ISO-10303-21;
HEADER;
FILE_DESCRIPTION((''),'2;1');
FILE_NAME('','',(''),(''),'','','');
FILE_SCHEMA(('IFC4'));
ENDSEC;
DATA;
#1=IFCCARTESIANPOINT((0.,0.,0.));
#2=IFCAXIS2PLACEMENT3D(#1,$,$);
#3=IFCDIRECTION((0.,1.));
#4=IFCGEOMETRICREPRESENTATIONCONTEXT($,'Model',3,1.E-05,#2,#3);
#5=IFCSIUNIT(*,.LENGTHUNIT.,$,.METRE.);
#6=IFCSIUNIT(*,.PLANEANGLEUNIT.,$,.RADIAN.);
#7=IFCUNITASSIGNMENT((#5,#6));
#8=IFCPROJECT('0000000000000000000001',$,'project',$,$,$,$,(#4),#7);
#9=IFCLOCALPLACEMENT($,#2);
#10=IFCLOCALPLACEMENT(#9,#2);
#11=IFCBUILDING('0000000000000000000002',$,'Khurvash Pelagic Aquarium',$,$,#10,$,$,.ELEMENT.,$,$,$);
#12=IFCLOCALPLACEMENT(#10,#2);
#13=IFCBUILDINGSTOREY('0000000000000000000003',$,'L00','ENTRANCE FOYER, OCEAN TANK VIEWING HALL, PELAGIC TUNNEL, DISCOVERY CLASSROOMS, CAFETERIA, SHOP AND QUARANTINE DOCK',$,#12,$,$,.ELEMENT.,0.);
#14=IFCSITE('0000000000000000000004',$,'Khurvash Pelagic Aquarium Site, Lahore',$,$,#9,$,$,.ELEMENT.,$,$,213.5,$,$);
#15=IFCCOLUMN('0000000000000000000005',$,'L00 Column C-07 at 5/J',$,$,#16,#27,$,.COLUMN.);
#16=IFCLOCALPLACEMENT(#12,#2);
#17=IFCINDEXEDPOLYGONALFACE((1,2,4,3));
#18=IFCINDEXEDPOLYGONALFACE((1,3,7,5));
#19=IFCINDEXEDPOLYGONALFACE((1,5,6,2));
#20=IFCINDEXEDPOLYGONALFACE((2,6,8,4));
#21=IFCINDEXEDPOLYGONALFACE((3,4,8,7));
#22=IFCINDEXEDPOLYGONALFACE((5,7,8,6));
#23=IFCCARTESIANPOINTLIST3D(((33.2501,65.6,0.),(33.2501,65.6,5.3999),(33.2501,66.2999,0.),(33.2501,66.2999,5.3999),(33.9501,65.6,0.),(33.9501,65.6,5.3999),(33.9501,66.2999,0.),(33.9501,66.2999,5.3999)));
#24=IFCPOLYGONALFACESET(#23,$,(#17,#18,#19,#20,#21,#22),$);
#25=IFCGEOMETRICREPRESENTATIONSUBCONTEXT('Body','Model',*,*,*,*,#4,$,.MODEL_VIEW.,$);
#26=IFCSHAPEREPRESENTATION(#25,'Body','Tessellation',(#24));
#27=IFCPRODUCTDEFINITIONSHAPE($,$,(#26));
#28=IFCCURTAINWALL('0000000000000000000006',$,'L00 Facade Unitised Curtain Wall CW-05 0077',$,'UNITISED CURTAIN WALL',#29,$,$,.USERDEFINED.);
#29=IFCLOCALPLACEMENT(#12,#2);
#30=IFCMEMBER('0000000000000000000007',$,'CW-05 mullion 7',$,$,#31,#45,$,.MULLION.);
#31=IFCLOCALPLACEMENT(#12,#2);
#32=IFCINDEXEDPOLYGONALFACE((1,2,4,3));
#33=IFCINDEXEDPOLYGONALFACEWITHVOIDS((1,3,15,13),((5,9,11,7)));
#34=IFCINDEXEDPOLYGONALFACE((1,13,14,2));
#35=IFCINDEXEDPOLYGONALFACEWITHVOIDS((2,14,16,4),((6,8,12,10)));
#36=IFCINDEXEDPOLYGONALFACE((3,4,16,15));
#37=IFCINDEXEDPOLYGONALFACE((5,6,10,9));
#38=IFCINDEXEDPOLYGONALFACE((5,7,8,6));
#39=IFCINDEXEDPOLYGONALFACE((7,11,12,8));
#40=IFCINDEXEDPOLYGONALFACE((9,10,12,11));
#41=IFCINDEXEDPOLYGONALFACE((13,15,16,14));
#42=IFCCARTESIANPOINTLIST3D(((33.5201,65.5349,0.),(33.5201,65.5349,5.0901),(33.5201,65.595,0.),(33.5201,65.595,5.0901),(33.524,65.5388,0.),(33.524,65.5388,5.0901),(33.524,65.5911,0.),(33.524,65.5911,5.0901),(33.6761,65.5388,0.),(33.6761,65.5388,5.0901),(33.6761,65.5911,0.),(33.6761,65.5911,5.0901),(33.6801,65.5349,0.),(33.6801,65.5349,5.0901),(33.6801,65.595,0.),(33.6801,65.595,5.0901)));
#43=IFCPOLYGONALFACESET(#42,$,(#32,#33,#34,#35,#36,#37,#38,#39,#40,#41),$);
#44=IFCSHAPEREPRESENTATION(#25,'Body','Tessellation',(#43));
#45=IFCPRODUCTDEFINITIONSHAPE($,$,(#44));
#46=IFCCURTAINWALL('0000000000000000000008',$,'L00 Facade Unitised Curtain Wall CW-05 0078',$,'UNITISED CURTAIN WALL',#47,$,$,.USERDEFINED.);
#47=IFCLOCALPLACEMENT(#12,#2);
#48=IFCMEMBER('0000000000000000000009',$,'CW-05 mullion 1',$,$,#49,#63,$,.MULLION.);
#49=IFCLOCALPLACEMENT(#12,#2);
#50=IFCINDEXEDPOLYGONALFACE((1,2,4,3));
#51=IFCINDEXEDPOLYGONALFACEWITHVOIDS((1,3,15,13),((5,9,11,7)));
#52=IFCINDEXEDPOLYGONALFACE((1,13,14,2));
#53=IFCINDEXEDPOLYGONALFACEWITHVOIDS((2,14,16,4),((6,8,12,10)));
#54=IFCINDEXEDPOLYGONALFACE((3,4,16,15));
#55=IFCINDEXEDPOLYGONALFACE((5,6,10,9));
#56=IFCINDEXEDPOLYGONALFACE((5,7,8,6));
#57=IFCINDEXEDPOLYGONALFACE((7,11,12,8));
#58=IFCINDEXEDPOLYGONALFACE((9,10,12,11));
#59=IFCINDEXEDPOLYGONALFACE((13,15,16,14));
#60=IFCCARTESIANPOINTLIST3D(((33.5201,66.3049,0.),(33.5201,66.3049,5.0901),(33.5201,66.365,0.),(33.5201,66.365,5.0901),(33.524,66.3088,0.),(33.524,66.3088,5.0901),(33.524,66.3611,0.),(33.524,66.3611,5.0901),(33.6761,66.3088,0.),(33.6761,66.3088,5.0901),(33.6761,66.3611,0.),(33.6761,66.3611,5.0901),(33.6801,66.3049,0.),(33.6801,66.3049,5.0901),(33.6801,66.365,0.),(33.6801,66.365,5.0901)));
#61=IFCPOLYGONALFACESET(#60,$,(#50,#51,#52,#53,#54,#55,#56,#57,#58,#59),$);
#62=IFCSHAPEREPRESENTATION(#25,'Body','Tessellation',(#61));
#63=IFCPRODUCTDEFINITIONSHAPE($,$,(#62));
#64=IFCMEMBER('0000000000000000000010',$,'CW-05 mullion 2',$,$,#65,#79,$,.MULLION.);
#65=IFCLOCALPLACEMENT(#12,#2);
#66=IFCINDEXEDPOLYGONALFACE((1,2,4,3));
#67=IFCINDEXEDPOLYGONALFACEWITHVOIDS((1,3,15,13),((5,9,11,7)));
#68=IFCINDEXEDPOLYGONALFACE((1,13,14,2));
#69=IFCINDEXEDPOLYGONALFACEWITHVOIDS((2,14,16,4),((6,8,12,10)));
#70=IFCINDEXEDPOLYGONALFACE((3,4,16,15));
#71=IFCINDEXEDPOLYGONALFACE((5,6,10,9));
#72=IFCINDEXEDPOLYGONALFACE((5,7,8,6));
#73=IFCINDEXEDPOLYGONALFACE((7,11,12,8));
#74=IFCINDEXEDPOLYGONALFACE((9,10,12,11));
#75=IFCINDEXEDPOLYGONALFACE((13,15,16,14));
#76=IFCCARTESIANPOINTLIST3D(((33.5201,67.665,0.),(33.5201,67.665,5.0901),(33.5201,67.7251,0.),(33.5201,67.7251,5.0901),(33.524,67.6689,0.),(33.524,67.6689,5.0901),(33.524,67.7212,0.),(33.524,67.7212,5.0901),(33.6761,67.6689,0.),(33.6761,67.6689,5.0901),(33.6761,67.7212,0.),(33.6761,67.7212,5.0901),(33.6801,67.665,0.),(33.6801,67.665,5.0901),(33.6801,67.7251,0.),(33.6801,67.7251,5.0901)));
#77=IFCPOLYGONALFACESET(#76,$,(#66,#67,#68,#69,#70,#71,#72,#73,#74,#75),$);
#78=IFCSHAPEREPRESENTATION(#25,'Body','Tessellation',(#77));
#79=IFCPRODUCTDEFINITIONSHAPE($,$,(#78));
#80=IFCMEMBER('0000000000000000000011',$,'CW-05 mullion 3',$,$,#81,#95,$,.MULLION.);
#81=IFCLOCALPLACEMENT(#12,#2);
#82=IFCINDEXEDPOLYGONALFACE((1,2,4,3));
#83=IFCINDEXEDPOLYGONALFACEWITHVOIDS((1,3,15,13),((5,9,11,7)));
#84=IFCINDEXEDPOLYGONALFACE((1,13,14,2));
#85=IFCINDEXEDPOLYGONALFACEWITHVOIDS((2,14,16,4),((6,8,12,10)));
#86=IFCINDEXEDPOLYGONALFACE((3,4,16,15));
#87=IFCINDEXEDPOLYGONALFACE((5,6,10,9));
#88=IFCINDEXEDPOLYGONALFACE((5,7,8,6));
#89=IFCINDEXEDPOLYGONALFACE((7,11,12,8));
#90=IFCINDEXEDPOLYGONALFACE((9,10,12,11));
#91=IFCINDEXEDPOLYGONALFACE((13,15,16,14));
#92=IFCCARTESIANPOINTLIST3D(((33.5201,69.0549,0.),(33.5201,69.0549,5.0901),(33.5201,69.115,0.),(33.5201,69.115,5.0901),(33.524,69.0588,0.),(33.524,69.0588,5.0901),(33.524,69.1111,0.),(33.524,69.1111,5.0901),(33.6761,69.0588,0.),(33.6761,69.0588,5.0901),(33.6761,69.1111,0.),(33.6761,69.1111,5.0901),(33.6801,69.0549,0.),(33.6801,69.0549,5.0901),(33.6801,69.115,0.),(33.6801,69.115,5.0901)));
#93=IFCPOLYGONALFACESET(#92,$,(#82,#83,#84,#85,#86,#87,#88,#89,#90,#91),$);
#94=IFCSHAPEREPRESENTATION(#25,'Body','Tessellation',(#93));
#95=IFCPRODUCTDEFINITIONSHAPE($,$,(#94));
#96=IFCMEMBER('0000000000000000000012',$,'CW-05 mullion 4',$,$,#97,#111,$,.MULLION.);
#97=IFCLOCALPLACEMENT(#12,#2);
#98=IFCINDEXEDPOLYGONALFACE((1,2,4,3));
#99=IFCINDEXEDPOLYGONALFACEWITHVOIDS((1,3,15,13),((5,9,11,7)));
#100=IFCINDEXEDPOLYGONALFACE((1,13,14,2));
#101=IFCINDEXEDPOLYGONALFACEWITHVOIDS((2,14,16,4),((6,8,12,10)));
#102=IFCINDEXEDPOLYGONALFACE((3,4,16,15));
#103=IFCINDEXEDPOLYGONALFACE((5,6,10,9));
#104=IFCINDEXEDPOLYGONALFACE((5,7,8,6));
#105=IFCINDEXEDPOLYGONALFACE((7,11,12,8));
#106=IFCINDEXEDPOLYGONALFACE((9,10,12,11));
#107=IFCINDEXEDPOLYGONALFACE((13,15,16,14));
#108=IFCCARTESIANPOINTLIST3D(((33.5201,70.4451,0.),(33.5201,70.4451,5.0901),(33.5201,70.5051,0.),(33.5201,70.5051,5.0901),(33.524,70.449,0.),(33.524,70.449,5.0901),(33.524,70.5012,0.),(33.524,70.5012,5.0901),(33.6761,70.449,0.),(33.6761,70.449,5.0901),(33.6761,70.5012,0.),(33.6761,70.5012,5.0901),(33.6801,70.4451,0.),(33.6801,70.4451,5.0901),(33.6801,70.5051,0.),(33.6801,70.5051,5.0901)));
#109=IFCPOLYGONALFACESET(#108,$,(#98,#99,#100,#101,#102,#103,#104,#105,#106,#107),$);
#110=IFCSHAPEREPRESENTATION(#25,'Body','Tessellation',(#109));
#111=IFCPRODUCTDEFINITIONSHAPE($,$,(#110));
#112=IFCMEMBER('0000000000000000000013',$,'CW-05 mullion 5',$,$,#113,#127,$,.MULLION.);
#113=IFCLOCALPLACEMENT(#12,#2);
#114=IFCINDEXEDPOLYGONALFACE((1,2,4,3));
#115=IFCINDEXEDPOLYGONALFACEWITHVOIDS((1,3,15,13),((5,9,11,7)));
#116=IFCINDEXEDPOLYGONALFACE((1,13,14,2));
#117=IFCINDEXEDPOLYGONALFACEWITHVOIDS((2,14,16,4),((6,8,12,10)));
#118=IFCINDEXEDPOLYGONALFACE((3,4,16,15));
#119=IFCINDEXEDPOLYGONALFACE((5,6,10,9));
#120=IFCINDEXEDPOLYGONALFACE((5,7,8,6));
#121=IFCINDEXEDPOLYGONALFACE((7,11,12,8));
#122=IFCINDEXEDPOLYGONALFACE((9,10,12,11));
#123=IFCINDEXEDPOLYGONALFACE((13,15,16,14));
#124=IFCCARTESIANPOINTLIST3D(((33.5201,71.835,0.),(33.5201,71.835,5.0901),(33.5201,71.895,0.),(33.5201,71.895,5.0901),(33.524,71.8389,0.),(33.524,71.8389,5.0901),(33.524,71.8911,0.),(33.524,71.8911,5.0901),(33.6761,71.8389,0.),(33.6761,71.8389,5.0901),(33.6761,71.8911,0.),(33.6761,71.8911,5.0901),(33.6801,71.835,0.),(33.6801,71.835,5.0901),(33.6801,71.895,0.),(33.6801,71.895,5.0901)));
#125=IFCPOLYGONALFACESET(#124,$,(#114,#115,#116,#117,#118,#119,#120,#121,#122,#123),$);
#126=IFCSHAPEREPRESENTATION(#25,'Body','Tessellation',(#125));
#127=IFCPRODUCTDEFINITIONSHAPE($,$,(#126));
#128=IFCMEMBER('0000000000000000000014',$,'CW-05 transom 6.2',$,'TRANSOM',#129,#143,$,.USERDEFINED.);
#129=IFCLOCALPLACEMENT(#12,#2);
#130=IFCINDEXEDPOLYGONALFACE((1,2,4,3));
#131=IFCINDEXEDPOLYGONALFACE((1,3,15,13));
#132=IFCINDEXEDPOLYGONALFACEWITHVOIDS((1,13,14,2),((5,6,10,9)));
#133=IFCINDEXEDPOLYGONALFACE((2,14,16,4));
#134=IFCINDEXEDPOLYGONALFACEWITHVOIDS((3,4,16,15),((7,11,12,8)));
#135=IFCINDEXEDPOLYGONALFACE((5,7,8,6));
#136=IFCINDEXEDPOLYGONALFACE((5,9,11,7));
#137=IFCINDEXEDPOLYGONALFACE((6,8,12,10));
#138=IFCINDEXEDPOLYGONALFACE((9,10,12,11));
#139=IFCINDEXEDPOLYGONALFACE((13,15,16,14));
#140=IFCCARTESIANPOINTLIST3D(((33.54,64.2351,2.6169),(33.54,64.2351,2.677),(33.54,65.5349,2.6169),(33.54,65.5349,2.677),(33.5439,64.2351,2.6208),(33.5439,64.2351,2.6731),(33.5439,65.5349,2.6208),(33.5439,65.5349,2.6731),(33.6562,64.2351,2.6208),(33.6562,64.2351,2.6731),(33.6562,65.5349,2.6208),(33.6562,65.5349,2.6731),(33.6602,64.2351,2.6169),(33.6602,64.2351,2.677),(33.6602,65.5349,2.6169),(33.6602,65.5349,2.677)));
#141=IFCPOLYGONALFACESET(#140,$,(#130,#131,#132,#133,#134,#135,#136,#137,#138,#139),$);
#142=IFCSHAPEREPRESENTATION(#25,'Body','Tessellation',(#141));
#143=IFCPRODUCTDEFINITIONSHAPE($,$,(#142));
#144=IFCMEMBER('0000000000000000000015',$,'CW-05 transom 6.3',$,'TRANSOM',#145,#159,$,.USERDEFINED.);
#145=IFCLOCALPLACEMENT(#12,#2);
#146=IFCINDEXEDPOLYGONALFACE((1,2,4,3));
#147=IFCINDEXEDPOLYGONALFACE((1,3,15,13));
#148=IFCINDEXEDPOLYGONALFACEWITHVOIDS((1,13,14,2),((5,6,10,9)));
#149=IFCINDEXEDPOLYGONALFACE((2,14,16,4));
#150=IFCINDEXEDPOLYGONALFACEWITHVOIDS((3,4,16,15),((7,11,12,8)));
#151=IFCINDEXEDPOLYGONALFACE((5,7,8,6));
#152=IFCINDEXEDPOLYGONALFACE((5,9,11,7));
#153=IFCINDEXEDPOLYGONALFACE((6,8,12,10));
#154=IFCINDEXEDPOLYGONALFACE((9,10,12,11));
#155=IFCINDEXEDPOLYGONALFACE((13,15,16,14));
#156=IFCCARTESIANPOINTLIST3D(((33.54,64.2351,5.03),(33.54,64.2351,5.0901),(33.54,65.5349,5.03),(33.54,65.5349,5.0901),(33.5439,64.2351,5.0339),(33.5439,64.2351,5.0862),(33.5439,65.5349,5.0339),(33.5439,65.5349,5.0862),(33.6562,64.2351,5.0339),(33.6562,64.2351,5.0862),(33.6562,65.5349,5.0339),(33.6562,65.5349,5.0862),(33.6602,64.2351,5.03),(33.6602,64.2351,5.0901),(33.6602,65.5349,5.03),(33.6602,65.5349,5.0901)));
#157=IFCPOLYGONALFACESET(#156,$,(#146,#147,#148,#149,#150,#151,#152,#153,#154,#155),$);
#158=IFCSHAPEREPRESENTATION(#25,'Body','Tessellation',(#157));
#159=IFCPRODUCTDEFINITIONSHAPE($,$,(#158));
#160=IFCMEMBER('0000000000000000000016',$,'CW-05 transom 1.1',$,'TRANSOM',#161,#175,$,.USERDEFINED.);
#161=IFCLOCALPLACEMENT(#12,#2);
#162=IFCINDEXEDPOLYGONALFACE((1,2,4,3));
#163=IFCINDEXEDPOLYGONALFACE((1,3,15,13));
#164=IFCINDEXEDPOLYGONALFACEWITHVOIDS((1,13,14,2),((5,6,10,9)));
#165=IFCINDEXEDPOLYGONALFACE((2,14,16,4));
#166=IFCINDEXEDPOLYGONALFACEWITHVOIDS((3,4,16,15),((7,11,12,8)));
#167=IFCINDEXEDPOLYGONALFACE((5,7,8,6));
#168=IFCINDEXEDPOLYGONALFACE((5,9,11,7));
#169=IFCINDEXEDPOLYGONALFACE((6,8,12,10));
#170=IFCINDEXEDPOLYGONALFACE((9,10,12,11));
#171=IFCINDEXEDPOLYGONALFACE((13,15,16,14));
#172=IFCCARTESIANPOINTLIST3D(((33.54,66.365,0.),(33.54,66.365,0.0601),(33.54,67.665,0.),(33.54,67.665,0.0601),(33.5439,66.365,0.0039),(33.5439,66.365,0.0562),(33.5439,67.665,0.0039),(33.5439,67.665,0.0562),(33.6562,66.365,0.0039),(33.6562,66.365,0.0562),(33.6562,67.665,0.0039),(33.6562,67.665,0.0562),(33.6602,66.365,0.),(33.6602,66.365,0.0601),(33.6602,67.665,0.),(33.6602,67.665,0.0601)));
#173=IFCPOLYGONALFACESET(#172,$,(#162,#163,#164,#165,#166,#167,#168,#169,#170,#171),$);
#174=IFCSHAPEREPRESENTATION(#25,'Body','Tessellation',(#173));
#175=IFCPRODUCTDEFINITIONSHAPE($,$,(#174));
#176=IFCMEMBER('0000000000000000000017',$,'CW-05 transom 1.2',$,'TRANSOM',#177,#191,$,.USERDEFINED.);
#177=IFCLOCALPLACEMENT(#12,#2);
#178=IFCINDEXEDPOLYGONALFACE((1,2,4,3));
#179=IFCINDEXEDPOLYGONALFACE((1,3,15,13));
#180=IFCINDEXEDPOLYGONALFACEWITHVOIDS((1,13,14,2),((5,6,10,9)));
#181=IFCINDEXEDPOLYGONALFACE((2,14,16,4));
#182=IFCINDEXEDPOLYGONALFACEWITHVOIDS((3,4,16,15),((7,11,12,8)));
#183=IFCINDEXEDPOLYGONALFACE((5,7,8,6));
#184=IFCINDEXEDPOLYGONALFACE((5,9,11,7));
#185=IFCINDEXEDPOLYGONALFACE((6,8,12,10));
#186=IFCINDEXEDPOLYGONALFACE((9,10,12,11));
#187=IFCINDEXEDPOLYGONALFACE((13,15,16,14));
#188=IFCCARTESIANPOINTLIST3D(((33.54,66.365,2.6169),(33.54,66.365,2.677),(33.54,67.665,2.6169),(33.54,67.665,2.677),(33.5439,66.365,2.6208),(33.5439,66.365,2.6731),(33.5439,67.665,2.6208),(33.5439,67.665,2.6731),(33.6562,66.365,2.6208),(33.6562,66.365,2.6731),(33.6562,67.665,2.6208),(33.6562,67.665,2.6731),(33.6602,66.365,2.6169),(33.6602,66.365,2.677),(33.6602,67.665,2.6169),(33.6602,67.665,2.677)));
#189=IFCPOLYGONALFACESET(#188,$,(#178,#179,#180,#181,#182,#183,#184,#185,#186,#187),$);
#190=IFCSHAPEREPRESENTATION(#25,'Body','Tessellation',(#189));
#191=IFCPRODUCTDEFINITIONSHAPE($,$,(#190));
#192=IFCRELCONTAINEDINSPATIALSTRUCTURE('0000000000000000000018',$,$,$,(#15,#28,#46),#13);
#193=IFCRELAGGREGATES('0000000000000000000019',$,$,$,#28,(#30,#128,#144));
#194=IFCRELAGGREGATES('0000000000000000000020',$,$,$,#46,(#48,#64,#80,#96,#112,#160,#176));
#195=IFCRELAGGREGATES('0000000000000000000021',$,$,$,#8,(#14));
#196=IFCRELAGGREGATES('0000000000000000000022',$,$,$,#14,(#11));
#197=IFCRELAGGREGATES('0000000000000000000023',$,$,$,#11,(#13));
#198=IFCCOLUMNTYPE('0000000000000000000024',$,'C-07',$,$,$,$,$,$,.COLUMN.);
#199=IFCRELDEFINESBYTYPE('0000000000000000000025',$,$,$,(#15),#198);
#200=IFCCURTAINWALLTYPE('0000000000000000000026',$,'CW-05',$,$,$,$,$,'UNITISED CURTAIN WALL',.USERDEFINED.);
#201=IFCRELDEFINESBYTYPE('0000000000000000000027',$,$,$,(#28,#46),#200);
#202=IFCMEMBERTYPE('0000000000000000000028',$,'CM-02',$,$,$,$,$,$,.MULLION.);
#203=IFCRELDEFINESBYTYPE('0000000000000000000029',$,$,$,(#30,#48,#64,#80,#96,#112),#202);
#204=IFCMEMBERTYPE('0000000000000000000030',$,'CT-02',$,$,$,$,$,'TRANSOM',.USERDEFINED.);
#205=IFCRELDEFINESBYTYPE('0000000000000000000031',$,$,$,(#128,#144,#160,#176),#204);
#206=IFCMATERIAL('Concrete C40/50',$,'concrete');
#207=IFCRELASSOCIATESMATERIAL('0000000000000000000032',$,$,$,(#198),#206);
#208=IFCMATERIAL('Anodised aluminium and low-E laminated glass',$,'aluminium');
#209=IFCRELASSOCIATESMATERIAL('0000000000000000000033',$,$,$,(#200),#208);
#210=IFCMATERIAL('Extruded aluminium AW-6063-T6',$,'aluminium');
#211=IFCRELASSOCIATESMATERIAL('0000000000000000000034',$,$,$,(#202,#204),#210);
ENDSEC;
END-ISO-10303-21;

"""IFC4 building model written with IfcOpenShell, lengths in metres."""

from ifc_helpers import new_model, si_unit, direction, frame, origin, origin_2d, place, context, subcontext, project, spatial, rectangle, hollow_rectangle, extrude, material, material_profile, profile_set, type_object, element, aggregate, save


model = new_model("IFC4")

# Units and contexts
model_context = context("Model", 3, precision=1e-05, world=origin(), true_north=direction((0.0, 1.0)))
body_context = subcontext(model_context, "Body", "Model", "MODEL_VIEW")
ifc_project = project(units=[si_unit("LENGTHUNIT", "METRE"), si_unit("PLANEANGLEUNIT", "RADIAN")], contexts=[model_context])

# Site, building, storey
site_placement = place(None, origin())
site = spatial("IfcSite", under=ifc_project, at=site_placement, Name="Khurvash Pelagic Aquarium Site, Lahore", CompositionType="ELEMENT", RefElevation=213.5)
building_placement = place(site_placement, origin())
building = spatial("IfcBuilding", under=site, at=building_placement, Name="Khurvash Pelagic Aquarium", CompositionType="ELEMENT")
storey_placement = place(building_placement, origin())
storey = spatial("IfcBuildingStorey", under=building, at=storey_placement, Name="L00", Description="ENTRANCE FOYER, OCEAN TANK VIEWING HALL, PELAGIC TUNNEL, DISCOVERY CLASSROOMS, CAFETERIA, SHOP AND QUARANTINE DOCK", CompositionType="ELEMENT", Elevation=0.0)

# Column
ifc_material_1 = material(Name="Concrete C40/50", Category="concrete")
ifc_material_profile_1 = material_profile(ifc_material_1, rectangle(XDim=0.7, YDim=0.7, at=origin_2d()), Name="RC700X700")
ifc_profile_set_1 = profile_set([ifc_material_profile_1], Name="Concrete C40/50")
column_type = type_object("IfcColumnType", Name="C-07", PredefinedType="COLUMN", material=ifc_profile_set_1)
column_placement = place(storey_placement, frame((33.6001, 65.95, 0.0), z_axis=(0.0, 0.0, 1.0), x_axis=(1.0, 0.0, 0.0)))
element("IfcColumn", 1, at=column_placement, inside=storey, type_object=column_type, Name="L00 Column C-07 at 5/J", PredefinedType="COLUMN", context=body_context, shape_type="SweptSolid", body=[
    extrude(rectangle(XDim=0.7, YDim=0.7, at=origin_2d()), origin(), (0.0, 0.0, 1.0), 5.3999),
])

# Curtain wall, member
ifc_material_2 = material(Name="Anodised aluminium and low-E laminated glass", Category="aluminium")
curtain_wall_type = type_object("IfcCurtainWallType", Name="CW-05", ElementType="UNITISED CURTAIN WALL", PredefinedType="USERDEFINED", material=ifc_material_2)
curtain_wall_1_placement = place(storey_placement, origin())
curtain_wall_1 = element("IfcCurtainWall", 2, at=curtain_wall_1_placement, inside=storey, type_object=curtain_wall_type, Name="L00 Facade Unitised Curtain Wall CW-05 0077", ObjectType="UNITISED CURTAIN WALL", PredefinedType="USERDEFINED")
ifc_material_3 = material(Name="Extruded aluminium AW-6063-T6", Category="aluminium")
ifc_material_profile_2 = material_profile(ifc_material_3, hollow_rectangle(XDim=0.0601, YDim=0.1599, WallThickness=0.0039, at=origin_2d()), Name="CWM60X160X4")
ifc_profile_set_2 = profile_set([ifc_material_profile_2], Name="Extruded aluminium AW-6063-T6")
member_type_1 = type_object("IfcMemberType", Name="CM-02", PredefinedType="MULLION", material=ifc_profile_set_2)
member_1_placement = place(storey_placement, frame((33.6001, 65.5649, 0.0), z_axis=(0.0, 0.0, 1.0), x_axis=(0.0, 1.0, 0.0)))
member_1 = element("IfcMember", 3, at=member_1_placement, type_object=member_type_1, Name="CW-05 mullion 7", PredefinedType="MULLION", context=body_context, shape_type="SweptSolid", body=[
    extrude(hollow_rectangle(XDim=0.0601, YDim=0.1599, WallThickness=0.0039, at=origin_2d()), origin(), (0.0, 0.0, 1.0), 5.0901),
])

# Curtain wall, members
curtain_wall_2_placement = place(storey_placement, origin())
curtain_wall_2 = element("IfcCurtainWall", 4, at=curtain_wall_2_placement, inside=storey, type_object=curtain_wall_type, Name="L00 Facade Unitised Curtain Wall CW-05 0078", ObjectType="UNITISED CURTAIN WALL", PredefinedType="USERDEFINED")
member_2_placement = place(storey_placement, frame((33.6001, 66.335, 0.0), z_axis=(0.0, 0.0, 1.0), x_axis=(0.0, 1.0, 0.0)))
member_2 = element("IfcMember", 5, at=member_2_placement, type_object=member_type_1, Name="CW-05 mullion 1", PredefinedType="MULLION", context=body_context, shape_type="SweptSolid", body=[
    extrude(hollow_rectangle(XDim=0.0601, YDim=0.1599, WallThickness=0.0039, at=origin_2d()), origin(), (0.0, 0.0, 1.0), 5.0901),
])
member_3_placement = place(storey_placement, frame((33.6001, 67.6951, 0.0), z_axis=(0.0, 0.0, 1.0), x_axis=(0.0, 1.0, 0.0)))
member_3 = element("IfcMember", 6, at=member_3_placement, type_object=member_type_1, Name="CW-05 mullion 2", PredefinedType="MULLION", context=body_context, shape_type="SweptSolid", body=[
    extrude(hollow_rectangle(XDim=0.0601, YDim=0.1599, WallThickness=0.0039, at=origin_2d()), origin(), (0.0, 0.0, 1.0), 5.0901),
])
member_4_placement = place(storey_placement, frame((33.6001, 69.085, 0.0), z_axis=(0.0, 0.0, 1.0), x_axis=(0.0, 1.0, 0.0)))
member_4 = element("IfcMember", 7, at=member_4_placement, type_object=member_type_1, Name="CW-05 mullion 3", PredefinedType="MULLION", context=body_context, shape_type="SweptSolid", body=[
    extrude(hollow_rectangle(XDim=0.0601, YDim=0.1599, WallThickness=0.0039, at=origin_2d()), origin(), (0.0, 0.0, 1.0), 5.0901),
])
member_5_placement = place(storey_placement, frame((33.6001, 70.4751, 0.0), z_axis=(0.0, 0.0, 1.0), x_axis=(0.0, 1.0, 0.0)))
member_5 = element("IfcMember", 8, at=member_5_placement, type_object=member_type_1, Name="CW-05 mullion 4", PredefinedType="MULLION", context=body_context, shape_type="SweptSolid", body=[
    extrude(hollow_rectangle(XDim=0.0601, YDim=0.1599, WallThickness=0.0039, at=origin_2d()), origin(), (0.0, 0.0, 1.0), 5.0901),
])
member_6_placement = place(storey_placement, frame((33.6001, 71.865, 0.0), z_axis=(0.0, 0.0, 1.0), x_axis=(0.0, 1.0, 0.0)))
member_6 = element("IfcMember", 9, at=member_6_placement, type_object=member_type_1, Name="CW-05 mullion 5", PredefinedType="MULLION", context=body_context, shape_type="SweptSolid", body=[
    extrude(hollow_rectangle(XDim=0.0601, YDim=0.1599, WallThickness=0.0039, at=origin_2d()), origin(), (0.0, 0.0, 1.0), 5.0901),
])

# Members
ifc_material_profile_3 = material_profile(ifc_material_3, hollow_rectangle(XDim=0.1201, YDim=0.0601, WallThickness=0.0039, at=origin_2d()), Name="CWT120X60X4")
ifc_profile_set_3 = profile_set([ifc_material_profile_3], Name="Extruded aluminium AW-6063-T6")
member_type_2 = type_object("IfcMemberType", Name="CT-02", ElementType="TRANSOM", PredefinedType="USERDEFINED", material=ifc_profile_set_3)
member_7_placement = place(storey_placement, frame((33.6001, 64.2351, 2.647), z_axis=(0.0, 1.0, 0.0), x_axis=(-1.0, 0.0, 0.0)))
member_7 = element("IfcMember", 10, at=member_7_placement, type_object=member_type_2, Name="CW-05 transom 6.2", ObjectType="TRANSOM", PredefinedType="USERDEFINED", context=body_context, shape_type="SweptSolid", body=[
    extrude(hollow_rectangle(XDim=0.1201, YDim=0.0601, WallThickness=0.0039, at=origin_2d()), origin(), (0.0, 0.0, 1.0), 1.2998),
])
member_8_placement = place(storey_placement, frame((33.6001, 64.2351, 5.0601), z_axis=(0.0, 1.0, 0.0), x_axis=(-1.0, 0.0, 0.0)))
member_8 = element("IfcMember", 11, at=member_8_placement, type_object=member_type_2, Name="CW-05 transom 6.3", ObjectType="TRANSOM", PredefinedType="USERDEFINED", context=body_context, shape_type="SweptSolid", body=[
    extrude(hollow_rectangle(XDim=0.1201, YDim=0.0601, WallThickness=0.0039, at=origin_2d()), origin(), (0.0, 0.0, 1.0), 1.2998),
])
member_9_placement = place(storey_placement, frame((33.6001, 66.365, 0.03), z_axis=(0.0, 1.0, 0.0), x_axis=(-1.0, 0.0, 0.0)))
member_9 = element("IfcMember", 12, at=member_9_placement, type_object=member_type_2, Name="CW-05 transom 1.1", ObjectType="TRANSOM", PredefinedType="USERDEFINED", context=body_context, shape_type="SweptSolid", body=[
    extrude(hollow_rectangle(XDim=0.1201, YDim=0.0601, WallThickness=0.0039, at=origin_2d()), origin(), (0.0, 0.0, 1.0), 1.3),
])
member_10_placement = place(storey_placement, frame((33.6001, 66.365, 2.647), z_axis=(0.0, 1.0, 0.0), x_axis=(-1.0, 0.0, 0.0)))
member_10 = element("IfcMember", 13, at=member_10_placement, type_object=member_type_2, Name="CW-05 transom 1.2", ObjectType="TRANSOM", PredefinedType="USERDEFINED", context=body_context, shape_type="SweptSolid", body=[
    extrude(hollow_rectangle(XDim=0.1201, YDim=0.0601, WallThickness=0.0039, at=origin_2d()), origin(), (0.0, 0.0, 1.0), 1.3),
])

aggregate(curtain_wall_1, [member_1, member_7, member_8])
aggregate(curtain_wall_2, [member_2, member_3, member_4, member_5, member_6, member_9, member_10])

save(model, "model.ifc")
